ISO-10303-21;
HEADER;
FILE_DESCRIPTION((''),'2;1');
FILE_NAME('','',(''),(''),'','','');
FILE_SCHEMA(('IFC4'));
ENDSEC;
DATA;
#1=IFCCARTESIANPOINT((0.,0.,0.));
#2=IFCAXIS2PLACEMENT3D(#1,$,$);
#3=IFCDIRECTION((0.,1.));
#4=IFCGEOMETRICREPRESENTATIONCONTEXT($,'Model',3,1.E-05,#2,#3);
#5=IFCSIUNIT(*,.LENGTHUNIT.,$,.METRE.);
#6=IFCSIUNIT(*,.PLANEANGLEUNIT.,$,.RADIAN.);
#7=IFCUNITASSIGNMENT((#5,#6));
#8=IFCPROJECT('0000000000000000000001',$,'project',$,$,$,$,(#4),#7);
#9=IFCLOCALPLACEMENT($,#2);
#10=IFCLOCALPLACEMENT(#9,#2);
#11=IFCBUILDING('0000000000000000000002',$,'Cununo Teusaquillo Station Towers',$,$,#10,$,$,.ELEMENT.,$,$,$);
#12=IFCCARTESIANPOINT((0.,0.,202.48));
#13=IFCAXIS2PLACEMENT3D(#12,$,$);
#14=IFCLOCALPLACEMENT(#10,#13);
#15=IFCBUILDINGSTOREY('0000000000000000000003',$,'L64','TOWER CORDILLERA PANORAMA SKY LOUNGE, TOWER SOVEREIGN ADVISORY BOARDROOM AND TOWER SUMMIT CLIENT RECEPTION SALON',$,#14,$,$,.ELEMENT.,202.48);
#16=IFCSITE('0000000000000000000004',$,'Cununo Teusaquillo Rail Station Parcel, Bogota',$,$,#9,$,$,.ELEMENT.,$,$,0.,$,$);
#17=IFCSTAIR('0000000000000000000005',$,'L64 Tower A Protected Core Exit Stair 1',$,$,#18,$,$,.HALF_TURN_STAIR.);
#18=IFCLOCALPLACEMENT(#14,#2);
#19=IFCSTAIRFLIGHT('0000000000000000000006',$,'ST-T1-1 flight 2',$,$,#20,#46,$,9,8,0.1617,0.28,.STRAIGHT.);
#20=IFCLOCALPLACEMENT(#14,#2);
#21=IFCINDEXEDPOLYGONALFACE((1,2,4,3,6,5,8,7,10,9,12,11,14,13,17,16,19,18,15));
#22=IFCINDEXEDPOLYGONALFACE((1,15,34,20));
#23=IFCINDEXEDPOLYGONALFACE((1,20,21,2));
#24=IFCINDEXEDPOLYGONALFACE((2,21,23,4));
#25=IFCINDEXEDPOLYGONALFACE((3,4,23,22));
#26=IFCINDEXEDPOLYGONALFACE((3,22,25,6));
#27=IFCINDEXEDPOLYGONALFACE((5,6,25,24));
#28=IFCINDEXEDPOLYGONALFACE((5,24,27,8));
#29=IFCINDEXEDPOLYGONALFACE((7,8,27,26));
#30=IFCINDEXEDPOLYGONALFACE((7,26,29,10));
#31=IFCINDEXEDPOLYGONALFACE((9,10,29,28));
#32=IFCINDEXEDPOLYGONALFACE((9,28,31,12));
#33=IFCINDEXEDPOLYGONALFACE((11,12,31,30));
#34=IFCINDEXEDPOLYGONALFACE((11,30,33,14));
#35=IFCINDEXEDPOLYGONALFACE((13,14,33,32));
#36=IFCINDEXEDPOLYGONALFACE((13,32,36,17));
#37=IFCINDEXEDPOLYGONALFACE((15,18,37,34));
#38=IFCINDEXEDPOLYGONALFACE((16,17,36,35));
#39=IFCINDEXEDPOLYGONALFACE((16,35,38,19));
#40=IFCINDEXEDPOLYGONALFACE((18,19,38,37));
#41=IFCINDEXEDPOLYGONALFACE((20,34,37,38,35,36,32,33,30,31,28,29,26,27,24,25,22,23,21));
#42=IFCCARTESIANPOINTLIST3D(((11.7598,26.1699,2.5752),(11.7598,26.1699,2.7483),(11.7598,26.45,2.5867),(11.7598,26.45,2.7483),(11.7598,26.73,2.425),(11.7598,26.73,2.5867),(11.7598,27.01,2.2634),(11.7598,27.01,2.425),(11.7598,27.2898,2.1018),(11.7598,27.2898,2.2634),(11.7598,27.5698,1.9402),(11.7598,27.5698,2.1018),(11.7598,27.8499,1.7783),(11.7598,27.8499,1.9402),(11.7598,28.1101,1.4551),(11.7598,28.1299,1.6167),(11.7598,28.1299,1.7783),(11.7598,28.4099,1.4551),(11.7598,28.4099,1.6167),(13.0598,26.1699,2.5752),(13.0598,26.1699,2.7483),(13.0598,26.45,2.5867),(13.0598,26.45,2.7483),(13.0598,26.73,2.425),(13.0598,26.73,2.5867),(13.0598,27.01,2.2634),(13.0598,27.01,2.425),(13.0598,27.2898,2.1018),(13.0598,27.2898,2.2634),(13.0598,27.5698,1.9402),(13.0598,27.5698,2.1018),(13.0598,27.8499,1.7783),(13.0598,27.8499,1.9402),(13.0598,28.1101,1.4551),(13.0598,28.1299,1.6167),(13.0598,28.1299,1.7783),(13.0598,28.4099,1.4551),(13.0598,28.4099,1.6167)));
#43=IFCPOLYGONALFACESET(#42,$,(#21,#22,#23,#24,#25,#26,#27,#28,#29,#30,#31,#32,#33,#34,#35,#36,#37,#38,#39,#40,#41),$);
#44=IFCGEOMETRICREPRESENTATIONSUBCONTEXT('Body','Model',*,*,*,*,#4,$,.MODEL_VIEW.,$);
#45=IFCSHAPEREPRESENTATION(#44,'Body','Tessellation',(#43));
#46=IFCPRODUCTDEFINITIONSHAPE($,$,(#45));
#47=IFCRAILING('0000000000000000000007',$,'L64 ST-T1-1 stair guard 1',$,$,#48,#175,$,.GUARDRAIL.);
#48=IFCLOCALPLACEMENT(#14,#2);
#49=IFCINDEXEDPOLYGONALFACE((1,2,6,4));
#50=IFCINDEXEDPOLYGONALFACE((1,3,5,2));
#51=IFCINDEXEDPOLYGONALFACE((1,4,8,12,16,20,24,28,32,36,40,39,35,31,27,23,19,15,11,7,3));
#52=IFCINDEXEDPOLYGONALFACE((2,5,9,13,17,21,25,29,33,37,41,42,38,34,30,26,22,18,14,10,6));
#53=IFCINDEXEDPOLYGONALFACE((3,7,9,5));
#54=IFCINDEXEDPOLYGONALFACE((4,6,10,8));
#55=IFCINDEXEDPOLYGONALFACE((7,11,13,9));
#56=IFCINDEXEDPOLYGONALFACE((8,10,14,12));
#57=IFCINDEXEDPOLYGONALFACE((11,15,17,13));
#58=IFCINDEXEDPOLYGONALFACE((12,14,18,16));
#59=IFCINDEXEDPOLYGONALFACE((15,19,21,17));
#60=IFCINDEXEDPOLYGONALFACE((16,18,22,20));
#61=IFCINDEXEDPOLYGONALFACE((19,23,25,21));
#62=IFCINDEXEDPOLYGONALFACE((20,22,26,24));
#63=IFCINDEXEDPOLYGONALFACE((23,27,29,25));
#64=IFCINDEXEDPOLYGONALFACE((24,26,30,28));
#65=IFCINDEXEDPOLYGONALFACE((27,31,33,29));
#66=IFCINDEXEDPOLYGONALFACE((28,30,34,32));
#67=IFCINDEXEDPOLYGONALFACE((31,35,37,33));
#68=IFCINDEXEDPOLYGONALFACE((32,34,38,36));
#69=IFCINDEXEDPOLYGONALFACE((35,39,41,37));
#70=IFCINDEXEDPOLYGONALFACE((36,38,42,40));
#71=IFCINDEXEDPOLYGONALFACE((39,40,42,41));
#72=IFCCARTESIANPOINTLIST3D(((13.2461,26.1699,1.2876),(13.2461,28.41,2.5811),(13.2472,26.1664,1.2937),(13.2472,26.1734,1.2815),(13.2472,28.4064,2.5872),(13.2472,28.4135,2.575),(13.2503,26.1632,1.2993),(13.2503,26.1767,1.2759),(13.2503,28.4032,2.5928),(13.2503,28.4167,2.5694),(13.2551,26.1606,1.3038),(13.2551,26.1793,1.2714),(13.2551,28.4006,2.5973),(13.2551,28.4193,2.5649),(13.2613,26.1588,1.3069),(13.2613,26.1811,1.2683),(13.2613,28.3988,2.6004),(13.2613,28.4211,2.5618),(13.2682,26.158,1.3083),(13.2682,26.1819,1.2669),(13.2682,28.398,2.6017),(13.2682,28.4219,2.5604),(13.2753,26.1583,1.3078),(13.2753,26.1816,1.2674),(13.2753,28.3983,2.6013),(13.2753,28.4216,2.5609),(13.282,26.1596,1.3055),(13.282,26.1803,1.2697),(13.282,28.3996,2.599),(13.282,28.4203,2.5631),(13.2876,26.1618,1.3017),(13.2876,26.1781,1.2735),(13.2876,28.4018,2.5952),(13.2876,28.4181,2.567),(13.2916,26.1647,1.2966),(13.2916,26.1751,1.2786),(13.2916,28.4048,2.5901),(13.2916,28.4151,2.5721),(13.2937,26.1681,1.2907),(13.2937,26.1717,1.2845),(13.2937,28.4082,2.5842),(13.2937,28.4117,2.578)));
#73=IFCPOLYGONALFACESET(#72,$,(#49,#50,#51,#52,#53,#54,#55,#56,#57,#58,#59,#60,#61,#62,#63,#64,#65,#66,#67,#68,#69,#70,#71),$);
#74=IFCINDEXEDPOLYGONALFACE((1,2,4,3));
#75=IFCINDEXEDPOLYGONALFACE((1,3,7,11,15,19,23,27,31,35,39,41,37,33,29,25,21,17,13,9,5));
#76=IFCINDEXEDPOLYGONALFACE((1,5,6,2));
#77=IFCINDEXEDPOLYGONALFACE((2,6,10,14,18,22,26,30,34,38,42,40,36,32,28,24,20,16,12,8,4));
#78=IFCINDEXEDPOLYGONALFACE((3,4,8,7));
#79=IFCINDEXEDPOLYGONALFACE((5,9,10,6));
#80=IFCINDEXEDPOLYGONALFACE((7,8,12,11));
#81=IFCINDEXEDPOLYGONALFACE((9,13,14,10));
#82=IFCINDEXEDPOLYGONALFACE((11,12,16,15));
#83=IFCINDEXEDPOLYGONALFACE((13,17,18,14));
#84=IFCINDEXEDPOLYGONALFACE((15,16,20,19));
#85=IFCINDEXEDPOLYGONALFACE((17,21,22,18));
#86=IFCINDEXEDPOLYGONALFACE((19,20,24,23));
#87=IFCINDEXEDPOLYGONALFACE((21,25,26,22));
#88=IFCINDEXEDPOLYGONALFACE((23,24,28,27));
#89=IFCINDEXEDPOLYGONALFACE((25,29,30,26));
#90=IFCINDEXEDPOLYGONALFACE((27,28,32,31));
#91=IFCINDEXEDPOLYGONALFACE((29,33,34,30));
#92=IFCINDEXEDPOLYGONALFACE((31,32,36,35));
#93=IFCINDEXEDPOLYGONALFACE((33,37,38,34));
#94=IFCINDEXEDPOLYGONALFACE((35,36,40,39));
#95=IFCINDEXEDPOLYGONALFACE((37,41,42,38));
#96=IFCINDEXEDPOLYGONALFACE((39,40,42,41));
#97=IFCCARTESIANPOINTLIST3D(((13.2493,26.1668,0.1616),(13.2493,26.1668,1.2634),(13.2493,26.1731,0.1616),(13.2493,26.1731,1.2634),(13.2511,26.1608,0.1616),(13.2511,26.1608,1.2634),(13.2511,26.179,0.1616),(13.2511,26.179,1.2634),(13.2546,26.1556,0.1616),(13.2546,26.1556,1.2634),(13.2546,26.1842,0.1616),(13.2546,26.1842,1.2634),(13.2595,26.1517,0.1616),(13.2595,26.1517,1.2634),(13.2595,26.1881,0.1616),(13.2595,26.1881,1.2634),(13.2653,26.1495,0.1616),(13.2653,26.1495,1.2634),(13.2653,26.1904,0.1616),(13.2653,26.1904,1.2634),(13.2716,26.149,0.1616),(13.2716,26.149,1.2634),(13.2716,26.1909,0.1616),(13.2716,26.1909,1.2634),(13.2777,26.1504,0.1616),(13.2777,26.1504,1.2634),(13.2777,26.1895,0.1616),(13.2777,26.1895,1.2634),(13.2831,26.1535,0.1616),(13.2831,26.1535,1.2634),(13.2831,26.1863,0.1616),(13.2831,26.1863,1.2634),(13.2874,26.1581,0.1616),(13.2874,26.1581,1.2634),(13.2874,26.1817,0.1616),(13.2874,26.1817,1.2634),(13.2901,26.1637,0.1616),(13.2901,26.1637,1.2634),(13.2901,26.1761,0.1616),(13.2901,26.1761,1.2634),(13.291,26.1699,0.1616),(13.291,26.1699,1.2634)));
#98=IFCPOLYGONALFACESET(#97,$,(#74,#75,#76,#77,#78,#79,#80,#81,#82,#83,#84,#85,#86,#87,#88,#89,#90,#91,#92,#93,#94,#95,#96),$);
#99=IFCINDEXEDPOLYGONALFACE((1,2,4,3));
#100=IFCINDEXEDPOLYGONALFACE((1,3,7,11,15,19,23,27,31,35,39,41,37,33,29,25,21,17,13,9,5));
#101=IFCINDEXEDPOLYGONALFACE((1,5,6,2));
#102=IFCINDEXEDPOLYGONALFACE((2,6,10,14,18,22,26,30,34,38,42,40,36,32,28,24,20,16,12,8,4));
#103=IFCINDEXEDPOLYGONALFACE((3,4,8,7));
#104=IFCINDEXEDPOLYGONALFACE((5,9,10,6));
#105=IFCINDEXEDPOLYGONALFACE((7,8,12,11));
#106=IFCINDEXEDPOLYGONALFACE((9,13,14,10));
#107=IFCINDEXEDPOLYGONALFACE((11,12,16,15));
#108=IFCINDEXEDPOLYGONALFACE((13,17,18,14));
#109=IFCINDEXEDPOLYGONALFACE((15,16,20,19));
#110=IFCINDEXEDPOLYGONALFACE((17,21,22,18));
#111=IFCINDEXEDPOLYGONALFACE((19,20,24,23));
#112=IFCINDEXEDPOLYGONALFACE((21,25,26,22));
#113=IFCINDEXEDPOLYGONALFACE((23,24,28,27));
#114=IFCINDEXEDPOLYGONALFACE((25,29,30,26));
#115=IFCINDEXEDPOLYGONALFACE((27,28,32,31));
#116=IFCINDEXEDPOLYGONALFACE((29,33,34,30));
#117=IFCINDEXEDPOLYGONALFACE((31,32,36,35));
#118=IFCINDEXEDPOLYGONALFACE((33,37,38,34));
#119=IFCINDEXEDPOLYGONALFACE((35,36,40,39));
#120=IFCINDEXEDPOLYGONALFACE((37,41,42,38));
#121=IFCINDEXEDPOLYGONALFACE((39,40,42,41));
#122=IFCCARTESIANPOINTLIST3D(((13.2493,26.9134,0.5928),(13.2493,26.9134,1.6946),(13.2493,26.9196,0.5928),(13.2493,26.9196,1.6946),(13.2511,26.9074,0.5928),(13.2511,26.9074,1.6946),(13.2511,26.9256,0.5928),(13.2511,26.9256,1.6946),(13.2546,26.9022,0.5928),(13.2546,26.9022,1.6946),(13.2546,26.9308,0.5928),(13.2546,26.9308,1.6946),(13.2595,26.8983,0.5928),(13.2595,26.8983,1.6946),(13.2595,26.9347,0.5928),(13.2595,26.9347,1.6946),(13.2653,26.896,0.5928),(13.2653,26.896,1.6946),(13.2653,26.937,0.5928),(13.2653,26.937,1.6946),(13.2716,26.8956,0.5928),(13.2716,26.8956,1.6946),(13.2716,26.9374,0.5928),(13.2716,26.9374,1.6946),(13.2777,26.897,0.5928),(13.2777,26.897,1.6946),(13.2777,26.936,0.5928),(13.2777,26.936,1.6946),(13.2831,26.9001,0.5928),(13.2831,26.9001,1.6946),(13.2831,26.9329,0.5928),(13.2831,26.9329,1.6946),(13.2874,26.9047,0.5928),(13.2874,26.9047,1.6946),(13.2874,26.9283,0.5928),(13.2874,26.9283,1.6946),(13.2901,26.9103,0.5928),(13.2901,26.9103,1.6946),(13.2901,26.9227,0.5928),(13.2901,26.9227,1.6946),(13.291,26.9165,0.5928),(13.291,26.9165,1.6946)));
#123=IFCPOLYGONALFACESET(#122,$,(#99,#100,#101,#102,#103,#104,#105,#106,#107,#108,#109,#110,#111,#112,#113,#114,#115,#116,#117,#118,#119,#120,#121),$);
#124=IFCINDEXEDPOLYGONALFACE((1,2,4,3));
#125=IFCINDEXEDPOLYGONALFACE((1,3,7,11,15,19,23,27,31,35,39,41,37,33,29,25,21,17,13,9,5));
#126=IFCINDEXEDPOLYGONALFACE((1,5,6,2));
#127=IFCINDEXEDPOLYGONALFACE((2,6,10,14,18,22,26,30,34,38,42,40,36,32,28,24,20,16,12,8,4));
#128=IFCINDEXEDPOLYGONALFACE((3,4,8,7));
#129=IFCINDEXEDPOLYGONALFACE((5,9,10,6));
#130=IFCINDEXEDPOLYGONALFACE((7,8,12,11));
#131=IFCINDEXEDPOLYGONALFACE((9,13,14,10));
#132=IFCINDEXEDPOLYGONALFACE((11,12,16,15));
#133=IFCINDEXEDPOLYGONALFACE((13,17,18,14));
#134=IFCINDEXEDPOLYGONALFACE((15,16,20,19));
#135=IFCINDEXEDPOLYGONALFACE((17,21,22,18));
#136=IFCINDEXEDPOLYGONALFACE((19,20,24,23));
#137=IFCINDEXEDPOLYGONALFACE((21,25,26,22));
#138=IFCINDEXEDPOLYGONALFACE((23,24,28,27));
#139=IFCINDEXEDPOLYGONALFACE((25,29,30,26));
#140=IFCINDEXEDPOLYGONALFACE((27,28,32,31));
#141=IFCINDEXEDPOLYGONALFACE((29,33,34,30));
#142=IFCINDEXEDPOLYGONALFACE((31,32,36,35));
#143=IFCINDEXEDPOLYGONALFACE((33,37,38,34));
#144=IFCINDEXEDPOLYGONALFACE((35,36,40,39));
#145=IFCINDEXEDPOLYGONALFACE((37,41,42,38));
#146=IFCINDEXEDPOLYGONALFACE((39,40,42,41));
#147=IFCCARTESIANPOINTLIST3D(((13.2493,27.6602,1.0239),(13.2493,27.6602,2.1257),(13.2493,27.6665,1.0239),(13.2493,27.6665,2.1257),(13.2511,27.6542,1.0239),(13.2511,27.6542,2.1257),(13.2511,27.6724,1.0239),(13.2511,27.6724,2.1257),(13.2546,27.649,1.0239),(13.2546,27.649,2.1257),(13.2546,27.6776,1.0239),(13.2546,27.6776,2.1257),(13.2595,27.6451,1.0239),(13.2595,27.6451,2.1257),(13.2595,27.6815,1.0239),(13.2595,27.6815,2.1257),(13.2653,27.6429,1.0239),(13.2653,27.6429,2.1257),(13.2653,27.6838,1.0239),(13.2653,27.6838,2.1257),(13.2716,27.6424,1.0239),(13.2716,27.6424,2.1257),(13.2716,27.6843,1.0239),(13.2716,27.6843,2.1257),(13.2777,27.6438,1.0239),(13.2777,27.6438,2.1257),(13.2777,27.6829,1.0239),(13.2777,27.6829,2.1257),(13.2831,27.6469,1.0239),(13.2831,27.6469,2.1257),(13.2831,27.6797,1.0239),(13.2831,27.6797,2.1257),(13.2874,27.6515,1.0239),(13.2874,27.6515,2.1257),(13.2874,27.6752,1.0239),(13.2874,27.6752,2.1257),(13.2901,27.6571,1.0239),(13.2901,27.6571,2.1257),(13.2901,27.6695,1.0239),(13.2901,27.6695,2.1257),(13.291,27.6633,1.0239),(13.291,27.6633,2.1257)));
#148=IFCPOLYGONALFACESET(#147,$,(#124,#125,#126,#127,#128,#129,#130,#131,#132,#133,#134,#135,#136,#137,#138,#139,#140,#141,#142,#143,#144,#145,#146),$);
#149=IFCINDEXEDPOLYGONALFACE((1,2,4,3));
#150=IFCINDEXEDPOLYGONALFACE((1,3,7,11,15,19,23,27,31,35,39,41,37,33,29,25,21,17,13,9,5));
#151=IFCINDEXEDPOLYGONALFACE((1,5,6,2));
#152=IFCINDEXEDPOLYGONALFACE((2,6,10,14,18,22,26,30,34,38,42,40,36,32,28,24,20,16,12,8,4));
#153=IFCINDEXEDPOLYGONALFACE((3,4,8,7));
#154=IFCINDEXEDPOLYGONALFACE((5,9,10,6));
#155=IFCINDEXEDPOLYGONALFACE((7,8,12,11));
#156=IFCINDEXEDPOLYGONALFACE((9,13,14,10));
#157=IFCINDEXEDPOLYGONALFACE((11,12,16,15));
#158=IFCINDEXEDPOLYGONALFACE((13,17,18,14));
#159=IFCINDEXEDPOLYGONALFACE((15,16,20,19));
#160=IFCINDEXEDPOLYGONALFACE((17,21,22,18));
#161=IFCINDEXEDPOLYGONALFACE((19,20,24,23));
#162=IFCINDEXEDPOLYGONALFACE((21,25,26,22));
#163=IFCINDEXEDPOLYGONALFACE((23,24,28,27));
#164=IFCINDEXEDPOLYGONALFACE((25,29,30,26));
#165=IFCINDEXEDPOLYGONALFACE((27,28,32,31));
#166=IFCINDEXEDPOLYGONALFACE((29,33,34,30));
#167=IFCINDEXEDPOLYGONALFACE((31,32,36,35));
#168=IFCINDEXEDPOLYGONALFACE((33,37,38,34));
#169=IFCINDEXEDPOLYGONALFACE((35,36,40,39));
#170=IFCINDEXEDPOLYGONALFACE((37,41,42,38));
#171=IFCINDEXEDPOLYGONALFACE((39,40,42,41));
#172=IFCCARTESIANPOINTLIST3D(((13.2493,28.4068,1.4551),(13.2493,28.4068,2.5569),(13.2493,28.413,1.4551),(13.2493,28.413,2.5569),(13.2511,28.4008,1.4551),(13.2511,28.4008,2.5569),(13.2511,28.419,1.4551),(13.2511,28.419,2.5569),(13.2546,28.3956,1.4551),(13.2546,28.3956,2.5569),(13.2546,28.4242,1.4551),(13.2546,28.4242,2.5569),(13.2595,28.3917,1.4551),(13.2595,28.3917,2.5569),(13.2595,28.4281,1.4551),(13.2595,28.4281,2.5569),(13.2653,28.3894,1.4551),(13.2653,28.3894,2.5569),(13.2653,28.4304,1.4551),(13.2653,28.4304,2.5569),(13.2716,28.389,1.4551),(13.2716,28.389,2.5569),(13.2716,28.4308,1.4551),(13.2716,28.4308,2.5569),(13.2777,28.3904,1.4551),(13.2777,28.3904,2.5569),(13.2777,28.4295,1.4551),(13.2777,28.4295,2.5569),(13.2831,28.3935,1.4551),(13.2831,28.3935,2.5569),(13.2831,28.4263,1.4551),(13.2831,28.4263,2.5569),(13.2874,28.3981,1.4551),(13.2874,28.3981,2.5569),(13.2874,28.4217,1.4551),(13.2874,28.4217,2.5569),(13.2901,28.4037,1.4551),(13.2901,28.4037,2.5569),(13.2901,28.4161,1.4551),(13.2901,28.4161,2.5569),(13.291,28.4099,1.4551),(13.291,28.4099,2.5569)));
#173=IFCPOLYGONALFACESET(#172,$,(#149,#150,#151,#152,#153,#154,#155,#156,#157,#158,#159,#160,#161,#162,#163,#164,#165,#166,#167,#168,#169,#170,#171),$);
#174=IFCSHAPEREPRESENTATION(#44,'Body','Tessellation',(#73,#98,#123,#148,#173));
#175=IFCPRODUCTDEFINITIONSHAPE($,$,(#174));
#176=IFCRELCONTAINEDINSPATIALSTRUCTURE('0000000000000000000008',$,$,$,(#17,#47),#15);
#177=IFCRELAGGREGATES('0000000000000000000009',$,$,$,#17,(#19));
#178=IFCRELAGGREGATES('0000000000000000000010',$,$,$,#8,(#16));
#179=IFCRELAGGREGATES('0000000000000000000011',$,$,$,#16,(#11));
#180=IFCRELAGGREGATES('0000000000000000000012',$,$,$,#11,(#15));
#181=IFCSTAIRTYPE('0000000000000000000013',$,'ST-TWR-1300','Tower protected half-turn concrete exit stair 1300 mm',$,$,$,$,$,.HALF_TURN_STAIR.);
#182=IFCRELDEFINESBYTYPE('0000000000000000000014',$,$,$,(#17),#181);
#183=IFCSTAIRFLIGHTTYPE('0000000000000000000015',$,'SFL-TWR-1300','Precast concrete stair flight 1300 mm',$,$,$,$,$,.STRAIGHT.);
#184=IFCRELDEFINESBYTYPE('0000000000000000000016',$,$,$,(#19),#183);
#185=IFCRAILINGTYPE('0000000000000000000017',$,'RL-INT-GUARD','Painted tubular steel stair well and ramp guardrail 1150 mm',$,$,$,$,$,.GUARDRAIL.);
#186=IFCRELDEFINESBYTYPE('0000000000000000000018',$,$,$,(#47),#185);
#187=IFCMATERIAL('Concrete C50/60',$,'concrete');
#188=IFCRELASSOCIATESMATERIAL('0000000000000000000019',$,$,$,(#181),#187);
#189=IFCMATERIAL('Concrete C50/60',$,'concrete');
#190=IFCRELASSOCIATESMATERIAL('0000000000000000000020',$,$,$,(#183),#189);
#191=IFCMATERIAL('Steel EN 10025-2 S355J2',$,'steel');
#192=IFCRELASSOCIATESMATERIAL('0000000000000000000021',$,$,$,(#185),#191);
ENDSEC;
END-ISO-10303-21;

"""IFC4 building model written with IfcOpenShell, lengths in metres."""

from ifc_helpers import new_model, si_unit, direction, frame, origin, origin_2d, place, context, subcontext, project, spatial, polyline, circle, outline, extrude, material, type_object, element, aggregate, save


model = new_model("IFC4")

# Units and contexts
model_context = context("Model", 3, precision=1e-05, world=origin(), true_north=direction((0.0, 1.0)))
body_context = subcontext(model_context, "Body", "Model", "MODEL_VIEW")
ifc_project = project(units=[si_unit("LENGTHUNIT", "METRE"), si_unit("PLANEANGLEUNIT", "RADIAN")], contexts=[model_context])

# Site, building, storey
site_placement = place(None, origin())
site = spatial("IfcSite", under=ifc_project, at=site_placement, Name="Cununo Teusaquillo Rail Station Parcel, Bogota", CompositionType="ELEMENT", RefElevation=0.0)
building_placement = place(site_placement, origin())
building = spatial("IfcBuilding", under=site, at=building_placement, Name="Cununo Teusaquillo Station Towers", CompositionType="ELEMENT")
storey_placement = place(building_placement, frame((0.0, 0.0, 202.48)))
storey = spatial("IfcBuildingStorey", under=building, at=storey_placement, Name="L64", Description="TOWER CORDILLERA PANORAMA SKY LOUNGE, TOWER SOVEREIGN ADVISORY BOARDROOM AND TOWER SUMMIT CLIENT RECEPTION SALON", CompositionType="ELEMENT", Elevation=202.48)

# Stair, stair flight
ifc_material_1 = material(Name="Concrete C50/60", Category="concrete")
stair_type = type_object("IfcStairType", Name="ST-TWR-1300", Description="Tower protected half-turn concrete exit stair 1300 mm", PredefinedType="HALF_TURN_STAIR", material=ifc_material_1)
stair_placement = place(storey_placement, origin())
stair = element("IfcStair", 1, at=stair_placement, inside=storey, type_object=stair_type, Name="L64 Tower A Protected Core Exit Stair 1", PredefinedType="HALF_TURN_STAIR")
ifc_material_2 = material(Name="Concrete C50/60", Category="concrete")
stair_flight_type = type_object("IfcStairFlightType", Name="SFL-TWR-1300", Description="Precast concrete stair flight 1300 mm", PredefinedType="STRAIGHT", material=ifc_material_2)
stair_flight_1_placement = place(storey_placement, frame((12.4099, 28.4099, 1.4551), z_axis=(0.0, 0.0, 1.0), x_axis=(0.0, -1.0, 0.0)))
stair_flight_1 = element("IfcStairFlight", 2, at=stair_flight_1_placement, type_object=stair_flight_type, Name="ST-T1-1 flight 2", NumberOfRisers=9, NumberOfTreads=8, PredefinedType="STRAIGHT", RiserHeight=0.1617, TreadLength=0.28, context=body_context, shape_type="SweptSolid", body=[
    extrude(outline(polyline([(0.0, 0.0), (0.0, 0.1616), (0.28, 0.1616), (0.28, 0.3232), (0.5601, 0.3232), (0.5601, 0.4851), (0.8401, 0.4851), (0.8401, 0.6467), (1.1201, 0.6467), (1.1201, 0.8083), (1.3999, 0.8083), (1.3999, 0.97), (1.6799, 0.97), (1.6799, 1.1316), (1.96, 1.1316), (1.96, 1.2932), (2.24, 1.2932), (2.24, 1.4551), (2.24, 1.1201), (0.2998, 0.0), (0.0, 0.0)])), frame((0.0, 0.6499, 0.0), z_axis=(0.0, -1.0, 0.0), x_axis=(1.0, 0.0, 0.0)), (0.0, 0.0, 1.0), 1.3),
])
aggregate(stair, [stair_flight_1])

# Railing
ifc_material_3 = material(Name="Steel EN 10025-2 S355J2", Category="steel")
railing_type_1 = type_object("IfcRailingType", Name="RL-INT-GUARD", Description="Painted tubular steel stair well and ramp guardrail 1150 mm", PredefinedType="GUARDRAIL", material=ifc_material_3)
railing_1_placement = place(storey_placement, frame((13.27, 26.1699, 0.1616)))
element("IfcRailing", 3, at=railing_1_placement, inside=storey, type_object=railing_type_1, Name="L64 ST-T1-1 stair guard 1", PredefinedType="GUARDRAIL", context=body_context, shape_type="SweptSolid", body=[
    extrude(circle(Radius=0.0239, at=origin_2d()), frame((0.0, 0.0, 1.126), z_axis=(0.0, 0.865992, 0.500057), x_axis=(-1.0, 0.0, 0.0)), (0.0, 0.0, 1.0), 2.5867),
    extrude(circle(Radius=0.021, at=origin_2d()), origin(), (0.0, 0.0, 1.0), 1.1018),
    extrude(circle(Radius=0.021, at=origin_2d()), frame((0.0, 0.7466, 0.4312)), (0.0, 0.0, 1.0), 1.1018),
    extrude(circle(Radius=0.021, at=origin_2d()), frame((0.0, 1.4934, 0.8623)), (0.0, 0.0, 1.0), 1.1018),
    extrude(circle(Radius=0.021, at=origin_2d()), frame((0.0, 2.24, 1.2935)), (0.0, 0.0, 1.0), 1.1018),
])

save(model, "model.ifc")
